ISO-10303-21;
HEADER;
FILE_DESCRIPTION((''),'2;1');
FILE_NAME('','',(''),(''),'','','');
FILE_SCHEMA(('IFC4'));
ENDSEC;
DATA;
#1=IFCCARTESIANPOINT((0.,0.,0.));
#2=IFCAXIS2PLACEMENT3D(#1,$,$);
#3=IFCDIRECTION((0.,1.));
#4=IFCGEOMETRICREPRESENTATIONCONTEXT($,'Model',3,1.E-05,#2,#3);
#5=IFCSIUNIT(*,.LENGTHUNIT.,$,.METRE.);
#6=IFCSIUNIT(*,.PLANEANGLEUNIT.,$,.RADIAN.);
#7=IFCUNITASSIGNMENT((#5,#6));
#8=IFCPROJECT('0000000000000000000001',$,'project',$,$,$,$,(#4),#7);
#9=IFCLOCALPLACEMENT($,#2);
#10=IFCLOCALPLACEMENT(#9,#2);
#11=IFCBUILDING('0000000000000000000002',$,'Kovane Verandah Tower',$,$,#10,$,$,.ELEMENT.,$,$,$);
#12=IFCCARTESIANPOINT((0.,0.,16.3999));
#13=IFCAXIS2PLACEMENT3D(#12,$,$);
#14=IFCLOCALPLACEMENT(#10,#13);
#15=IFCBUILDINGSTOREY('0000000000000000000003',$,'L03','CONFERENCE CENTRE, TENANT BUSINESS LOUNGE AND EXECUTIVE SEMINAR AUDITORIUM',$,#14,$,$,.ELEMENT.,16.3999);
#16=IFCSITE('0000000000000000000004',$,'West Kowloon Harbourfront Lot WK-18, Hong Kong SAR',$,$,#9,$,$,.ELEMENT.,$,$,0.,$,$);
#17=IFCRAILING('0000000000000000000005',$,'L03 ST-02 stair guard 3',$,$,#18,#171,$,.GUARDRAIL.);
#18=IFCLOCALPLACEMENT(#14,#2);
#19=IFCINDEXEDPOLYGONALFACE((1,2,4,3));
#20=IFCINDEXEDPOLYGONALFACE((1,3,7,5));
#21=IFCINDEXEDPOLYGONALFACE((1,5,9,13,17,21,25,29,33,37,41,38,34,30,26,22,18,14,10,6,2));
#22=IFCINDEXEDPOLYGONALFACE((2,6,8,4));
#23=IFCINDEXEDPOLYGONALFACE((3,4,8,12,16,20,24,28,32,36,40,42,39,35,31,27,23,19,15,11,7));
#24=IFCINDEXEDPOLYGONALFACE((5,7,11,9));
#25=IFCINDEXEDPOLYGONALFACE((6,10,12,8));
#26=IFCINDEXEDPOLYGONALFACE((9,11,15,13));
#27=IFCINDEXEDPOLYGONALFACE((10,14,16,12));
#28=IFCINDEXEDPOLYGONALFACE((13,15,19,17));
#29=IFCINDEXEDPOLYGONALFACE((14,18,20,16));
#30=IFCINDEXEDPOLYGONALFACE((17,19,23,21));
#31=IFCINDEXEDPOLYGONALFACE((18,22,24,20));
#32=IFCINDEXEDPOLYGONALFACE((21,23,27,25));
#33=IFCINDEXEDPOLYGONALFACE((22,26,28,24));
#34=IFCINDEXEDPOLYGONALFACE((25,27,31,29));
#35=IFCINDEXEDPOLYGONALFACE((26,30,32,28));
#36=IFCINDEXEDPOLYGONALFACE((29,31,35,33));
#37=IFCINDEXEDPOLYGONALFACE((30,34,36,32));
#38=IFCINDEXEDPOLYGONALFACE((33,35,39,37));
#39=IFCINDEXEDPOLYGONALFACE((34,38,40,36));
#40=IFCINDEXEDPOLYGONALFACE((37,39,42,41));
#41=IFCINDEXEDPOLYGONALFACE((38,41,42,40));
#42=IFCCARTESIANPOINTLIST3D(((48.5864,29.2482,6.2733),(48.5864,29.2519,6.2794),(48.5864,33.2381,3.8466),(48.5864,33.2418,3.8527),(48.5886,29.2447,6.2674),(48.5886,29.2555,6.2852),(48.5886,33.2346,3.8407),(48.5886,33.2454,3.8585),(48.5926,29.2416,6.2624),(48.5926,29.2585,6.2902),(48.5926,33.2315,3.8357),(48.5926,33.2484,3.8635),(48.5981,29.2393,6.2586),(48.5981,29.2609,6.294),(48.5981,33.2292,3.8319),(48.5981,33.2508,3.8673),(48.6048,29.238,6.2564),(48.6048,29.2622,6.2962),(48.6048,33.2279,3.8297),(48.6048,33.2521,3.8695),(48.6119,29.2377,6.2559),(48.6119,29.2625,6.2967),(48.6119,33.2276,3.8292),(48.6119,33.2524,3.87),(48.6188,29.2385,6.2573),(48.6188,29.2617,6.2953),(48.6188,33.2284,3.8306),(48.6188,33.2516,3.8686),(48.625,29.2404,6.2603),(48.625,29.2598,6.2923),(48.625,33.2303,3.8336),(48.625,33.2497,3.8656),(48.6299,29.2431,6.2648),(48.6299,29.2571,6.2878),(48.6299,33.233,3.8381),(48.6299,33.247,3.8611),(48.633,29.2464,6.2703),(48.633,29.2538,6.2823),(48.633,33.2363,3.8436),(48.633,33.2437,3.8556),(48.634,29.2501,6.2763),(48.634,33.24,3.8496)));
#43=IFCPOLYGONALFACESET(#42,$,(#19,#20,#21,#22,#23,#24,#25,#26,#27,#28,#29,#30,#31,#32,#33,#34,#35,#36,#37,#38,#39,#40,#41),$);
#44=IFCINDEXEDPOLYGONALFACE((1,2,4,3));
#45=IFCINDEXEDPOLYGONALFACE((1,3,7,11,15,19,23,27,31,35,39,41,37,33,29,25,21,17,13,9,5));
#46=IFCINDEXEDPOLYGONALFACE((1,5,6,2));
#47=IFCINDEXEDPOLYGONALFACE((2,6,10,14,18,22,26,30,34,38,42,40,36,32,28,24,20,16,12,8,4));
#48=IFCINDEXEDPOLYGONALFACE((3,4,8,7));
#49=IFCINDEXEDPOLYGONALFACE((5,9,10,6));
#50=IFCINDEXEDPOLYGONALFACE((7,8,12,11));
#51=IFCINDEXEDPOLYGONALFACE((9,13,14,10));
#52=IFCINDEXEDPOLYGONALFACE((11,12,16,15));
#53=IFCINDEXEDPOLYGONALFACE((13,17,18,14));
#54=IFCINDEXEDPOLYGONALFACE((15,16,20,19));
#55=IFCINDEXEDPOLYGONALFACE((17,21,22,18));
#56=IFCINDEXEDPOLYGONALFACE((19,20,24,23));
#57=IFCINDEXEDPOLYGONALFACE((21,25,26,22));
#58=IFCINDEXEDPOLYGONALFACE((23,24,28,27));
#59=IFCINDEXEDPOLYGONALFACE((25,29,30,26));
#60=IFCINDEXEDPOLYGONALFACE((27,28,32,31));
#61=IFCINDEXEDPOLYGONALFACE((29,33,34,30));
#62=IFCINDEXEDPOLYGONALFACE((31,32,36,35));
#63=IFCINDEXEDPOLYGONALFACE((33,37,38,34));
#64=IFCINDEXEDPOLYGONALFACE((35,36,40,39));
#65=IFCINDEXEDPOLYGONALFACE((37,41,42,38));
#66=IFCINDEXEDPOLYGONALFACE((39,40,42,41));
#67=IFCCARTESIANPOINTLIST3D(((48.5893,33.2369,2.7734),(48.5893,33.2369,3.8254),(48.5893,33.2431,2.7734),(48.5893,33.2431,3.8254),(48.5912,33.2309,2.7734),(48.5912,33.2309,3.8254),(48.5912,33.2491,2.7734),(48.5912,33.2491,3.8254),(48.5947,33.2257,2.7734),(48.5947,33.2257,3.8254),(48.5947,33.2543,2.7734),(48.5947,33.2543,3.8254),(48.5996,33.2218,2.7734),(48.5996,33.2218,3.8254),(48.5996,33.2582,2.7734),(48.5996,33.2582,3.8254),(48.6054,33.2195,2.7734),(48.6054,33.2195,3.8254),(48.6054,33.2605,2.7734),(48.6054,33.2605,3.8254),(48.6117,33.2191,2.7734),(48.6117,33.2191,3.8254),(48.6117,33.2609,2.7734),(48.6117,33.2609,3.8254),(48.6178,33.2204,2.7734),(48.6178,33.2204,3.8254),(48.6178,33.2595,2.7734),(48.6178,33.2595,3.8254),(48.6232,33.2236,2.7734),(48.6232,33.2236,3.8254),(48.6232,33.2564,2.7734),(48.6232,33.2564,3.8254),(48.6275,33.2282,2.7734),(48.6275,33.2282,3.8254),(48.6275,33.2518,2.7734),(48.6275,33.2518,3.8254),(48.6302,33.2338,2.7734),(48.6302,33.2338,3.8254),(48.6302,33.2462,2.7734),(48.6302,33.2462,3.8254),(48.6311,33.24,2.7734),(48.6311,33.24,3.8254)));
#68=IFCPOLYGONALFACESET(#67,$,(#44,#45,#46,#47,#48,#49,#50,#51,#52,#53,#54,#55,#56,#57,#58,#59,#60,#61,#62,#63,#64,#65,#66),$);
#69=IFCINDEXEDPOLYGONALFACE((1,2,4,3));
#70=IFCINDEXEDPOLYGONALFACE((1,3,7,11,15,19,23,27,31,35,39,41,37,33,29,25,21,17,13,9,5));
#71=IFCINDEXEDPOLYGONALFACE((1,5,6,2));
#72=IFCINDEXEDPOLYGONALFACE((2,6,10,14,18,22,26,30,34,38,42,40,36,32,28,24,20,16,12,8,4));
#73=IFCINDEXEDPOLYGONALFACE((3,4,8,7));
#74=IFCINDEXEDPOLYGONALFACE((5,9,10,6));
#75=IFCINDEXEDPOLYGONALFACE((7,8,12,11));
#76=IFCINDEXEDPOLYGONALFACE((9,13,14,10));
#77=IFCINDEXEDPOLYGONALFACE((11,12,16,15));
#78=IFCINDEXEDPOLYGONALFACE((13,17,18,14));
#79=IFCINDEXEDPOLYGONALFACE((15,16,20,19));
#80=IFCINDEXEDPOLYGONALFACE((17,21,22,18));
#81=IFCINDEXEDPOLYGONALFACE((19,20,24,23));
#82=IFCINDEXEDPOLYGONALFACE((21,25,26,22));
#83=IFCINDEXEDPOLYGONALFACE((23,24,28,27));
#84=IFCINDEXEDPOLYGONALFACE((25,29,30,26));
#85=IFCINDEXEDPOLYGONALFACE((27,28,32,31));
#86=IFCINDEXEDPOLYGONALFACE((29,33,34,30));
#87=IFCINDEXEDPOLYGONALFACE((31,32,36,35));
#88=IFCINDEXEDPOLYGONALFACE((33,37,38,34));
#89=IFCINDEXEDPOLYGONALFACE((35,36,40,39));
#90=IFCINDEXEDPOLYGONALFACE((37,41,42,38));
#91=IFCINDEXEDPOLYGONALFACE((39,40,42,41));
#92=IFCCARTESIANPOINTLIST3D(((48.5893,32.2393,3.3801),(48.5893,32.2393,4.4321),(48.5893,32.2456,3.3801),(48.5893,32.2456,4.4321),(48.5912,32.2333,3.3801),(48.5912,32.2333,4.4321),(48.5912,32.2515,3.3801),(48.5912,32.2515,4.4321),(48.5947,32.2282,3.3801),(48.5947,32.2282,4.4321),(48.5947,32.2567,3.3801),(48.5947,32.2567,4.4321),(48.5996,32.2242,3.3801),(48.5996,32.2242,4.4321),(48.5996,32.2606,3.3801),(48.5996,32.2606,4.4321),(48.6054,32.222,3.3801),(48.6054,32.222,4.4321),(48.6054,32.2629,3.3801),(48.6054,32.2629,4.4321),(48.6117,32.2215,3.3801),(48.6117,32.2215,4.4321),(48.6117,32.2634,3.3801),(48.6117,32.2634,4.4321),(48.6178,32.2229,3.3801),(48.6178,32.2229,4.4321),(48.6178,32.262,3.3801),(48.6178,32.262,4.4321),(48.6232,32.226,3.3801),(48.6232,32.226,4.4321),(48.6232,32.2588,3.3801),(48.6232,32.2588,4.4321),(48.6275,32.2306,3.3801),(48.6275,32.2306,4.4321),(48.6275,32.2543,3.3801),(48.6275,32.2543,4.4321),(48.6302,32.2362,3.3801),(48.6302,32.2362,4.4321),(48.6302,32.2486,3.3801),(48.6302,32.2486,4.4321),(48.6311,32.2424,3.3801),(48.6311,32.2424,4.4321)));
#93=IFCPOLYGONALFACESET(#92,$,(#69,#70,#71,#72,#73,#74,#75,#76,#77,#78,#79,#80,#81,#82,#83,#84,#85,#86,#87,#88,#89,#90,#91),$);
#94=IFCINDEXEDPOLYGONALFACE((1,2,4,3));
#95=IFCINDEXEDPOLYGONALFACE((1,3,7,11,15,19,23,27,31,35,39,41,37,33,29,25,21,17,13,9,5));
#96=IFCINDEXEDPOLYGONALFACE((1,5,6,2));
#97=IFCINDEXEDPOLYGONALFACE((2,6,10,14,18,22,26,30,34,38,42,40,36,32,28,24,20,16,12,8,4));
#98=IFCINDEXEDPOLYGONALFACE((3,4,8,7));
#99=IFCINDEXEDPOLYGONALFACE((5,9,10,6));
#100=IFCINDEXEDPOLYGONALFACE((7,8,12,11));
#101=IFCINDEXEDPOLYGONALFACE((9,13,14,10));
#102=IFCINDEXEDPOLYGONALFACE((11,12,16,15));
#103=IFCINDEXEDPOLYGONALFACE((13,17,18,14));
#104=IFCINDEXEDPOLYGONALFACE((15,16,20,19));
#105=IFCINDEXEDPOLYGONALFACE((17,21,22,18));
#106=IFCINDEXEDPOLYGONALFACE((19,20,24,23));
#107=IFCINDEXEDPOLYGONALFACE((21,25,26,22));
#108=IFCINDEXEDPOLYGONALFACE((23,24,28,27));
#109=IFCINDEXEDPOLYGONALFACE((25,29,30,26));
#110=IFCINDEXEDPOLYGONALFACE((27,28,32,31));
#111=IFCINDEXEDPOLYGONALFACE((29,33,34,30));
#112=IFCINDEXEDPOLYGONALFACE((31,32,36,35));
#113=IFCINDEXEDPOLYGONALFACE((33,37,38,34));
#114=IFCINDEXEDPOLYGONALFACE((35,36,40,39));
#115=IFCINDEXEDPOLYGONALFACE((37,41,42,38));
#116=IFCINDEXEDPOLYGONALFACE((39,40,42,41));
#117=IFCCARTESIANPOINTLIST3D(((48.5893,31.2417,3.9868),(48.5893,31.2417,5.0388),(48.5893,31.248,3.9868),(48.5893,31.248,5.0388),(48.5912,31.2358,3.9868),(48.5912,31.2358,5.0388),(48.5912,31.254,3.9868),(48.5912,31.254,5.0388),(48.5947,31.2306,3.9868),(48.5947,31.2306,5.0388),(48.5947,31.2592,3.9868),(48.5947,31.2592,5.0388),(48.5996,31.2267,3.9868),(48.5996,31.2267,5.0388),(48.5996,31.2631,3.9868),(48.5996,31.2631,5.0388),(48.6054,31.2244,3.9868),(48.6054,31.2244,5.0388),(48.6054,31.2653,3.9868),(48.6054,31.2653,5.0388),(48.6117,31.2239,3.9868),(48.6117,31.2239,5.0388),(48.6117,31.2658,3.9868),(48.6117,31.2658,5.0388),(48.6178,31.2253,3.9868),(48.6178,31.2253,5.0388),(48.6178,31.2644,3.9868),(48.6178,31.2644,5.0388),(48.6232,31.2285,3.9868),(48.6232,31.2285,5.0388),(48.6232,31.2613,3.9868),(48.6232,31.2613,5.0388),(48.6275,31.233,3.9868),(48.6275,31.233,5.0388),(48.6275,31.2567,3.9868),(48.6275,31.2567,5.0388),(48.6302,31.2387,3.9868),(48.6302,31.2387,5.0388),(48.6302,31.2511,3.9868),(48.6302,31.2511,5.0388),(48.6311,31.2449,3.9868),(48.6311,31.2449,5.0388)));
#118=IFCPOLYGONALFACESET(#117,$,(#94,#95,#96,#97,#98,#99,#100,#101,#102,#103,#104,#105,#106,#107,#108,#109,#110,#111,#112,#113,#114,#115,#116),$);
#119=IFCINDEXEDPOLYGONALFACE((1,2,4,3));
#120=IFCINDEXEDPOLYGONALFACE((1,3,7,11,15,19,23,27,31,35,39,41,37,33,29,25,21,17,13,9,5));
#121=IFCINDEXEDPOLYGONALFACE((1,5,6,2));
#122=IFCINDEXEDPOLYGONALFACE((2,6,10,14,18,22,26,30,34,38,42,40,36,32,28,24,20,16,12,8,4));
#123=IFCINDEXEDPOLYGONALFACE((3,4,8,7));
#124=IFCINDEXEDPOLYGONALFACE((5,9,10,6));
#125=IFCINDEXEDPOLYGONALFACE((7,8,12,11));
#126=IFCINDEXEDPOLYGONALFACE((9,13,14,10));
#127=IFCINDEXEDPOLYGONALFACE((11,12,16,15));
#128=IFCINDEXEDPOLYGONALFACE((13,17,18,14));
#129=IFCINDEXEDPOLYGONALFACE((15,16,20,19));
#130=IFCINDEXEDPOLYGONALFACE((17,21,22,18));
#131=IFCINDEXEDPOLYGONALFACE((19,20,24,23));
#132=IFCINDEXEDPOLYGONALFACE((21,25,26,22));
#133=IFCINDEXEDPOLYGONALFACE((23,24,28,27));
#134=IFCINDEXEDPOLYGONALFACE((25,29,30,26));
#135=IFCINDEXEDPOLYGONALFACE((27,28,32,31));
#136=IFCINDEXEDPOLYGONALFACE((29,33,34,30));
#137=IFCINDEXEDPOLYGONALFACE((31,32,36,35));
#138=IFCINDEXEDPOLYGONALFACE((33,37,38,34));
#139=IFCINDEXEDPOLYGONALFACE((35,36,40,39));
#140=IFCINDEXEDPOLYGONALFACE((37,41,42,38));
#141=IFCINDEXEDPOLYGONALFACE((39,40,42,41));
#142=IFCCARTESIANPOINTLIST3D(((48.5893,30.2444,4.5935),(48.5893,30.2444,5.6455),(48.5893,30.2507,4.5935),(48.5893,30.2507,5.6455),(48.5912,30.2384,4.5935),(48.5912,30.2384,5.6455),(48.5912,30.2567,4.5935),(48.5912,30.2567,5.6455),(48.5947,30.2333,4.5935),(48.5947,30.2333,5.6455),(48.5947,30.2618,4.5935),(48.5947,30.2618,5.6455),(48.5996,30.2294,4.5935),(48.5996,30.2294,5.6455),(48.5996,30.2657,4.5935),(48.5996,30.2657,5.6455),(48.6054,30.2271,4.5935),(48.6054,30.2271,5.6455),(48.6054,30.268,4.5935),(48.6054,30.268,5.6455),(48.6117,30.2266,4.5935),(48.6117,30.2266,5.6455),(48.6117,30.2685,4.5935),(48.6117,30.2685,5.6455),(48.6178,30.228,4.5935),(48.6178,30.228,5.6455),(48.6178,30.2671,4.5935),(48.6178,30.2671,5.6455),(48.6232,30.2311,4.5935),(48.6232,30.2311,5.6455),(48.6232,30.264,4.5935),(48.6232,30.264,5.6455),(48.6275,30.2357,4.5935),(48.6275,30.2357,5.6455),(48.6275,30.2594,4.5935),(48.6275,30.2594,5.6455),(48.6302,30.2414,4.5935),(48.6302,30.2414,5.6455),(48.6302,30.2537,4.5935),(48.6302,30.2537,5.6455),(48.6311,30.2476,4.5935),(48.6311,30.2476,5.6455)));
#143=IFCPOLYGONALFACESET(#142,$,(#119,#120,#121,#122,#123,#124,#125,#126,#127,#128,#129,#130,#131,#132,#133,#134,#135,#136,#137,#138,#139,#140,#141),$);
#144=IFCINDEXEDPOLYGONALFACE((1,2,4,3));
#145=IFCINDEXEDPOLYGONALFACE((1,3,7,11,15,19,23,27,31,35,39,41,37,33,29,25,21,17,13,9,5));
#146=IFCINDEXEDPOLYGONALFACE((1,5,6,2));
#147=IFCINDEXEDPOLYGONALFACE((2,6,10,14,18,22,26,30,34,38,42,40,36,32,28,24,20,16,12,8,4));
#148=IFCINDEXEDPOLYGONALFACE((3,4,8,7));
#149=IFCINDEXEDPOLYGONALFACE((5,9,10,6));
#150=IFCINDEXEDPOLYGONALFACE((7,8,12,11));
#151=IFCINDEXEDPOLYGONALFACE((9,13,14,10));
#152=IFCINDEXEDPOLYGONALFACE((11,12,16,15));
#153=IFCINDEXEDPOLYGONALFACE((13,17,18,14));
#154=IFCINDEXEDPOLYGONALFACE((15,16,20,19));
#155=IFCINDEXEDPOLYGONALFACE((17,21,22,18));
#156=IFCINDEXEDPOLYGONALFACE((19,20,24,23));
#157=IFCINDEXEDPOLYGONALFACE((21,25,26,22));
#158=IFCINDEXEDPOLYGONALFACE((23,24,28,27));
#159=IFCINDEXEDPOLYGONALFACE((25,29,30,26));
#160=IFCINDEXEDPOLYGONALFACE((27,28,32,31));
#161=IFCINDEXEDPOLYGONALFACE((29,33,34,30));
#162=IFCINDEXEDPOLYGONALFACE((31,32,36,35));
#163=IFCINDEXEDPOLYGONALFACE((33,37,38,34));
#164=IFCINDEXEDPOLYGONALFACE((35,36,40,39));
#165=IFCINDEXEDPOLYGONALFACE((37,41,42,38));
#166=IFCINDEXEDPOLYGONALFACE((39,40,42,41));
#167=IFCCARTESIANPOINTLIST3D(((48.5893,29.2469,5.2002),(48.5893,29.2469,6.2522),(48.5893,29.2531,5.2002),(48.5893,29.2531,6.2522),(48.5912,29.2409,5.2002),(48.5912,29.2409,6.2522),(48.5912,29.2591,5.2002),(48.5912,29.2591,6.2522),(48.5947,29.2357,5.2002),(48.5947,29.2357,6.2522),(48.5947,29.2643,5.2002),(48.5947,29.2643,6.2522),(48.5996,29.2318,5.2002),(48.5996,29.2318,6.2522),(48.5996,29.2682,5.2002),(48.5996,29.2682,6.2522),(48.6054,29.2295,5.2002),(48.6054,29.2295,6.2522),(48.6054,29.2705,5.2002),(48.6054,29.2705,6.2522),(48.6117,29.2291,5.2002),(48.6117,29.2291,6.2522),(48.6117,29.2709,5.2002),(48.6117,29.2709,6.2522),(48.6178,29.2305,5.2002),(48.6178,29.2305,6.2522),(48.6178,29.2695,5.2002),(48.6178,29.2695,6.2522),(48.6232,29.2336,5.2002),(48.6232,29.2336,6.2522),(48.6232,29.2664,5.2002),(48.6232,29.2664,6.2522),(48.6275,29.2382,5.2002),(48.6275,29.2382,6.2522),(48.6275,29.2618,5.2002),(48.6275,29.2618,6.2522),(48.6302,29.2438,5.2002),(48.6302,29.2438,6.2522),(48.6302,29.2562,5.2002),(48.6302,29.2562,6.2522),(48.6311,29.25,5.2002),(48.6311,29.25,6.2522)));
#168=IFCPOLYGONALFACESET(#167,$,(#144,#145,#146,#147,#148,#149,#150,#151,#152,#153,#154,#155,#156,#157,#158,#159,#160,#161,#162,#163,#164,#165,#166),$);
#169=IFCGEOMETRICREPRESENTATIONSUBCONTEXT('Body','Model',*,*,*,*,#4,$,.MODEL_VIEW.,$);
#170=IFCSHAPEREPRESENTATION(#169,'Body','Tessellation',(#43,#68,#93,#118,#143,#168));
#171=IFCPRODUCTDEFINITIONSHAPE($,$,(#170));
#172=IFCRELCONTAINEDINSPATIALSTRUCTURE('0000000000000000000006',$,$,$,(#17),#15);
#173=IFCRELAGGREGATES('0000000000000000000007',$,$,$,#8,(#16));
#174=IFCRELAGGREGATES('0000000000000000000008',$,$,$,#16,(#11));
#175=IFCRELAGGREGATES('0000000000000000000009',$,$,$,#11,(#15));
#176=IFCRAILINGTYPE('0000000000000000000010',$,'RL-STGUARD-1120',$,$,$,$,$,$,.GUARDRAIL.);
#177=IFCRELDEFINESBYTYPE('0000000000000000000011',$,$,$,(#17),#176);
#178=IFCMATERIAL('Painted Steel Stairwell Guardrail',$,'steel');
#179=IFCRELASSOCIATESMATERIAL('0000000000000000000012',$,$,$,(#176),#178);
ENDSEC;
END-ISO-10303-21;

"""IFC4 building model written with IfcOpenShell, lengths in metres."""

from ifc_helpers import new_model, si_unit, direction, frame, origin, origin_2d, place, context, subcontext, project, spatial, circle, extrude, material, type_object, element, save


model = new_model("IFC4")

# Units and contexts
model_context = context("Model", 3, precision=1e-05, world=origin(), true_north=direction((0.0, 1.0)))
body_context = subcontext(model_context, "Body", "Model", "MODEL_VIEW")
ifc_project = project(units=[si_unit("LENGTHUNIT", "METRE"), si_unit("PLANEANGLEUNIT", "RADIAN")], contexts=[model_context])

# Site, building, storey
site_placement = place(None, origin())
site = spatial("IfcSite", under=ifc_project, at=site_placement, Name="West Kowloon Harbourfront Lot WK-18, Hong Kong SAR", CompositionType="ELEMENT", RefElevation=0.0)
building_placement = place(site_placement, origin())
building = spatial("IfcBuilding", under=site, at=building_placement, Name="Kovane Verandah Tower", CompositionType="ELEMENT")
storey_placement = place(building_placement, frame((0.0, 0.0, 16.3999)))
storey = spatial("IfcBuildingStorey", under=building, at=storey_placement, Name="L03", Description="CONFERENCE CENTRE, TENANT BUSINESS LOUNGE AND EXECUTIVE SEMINAR AUDITORIUM", CompositionType="ELEMENT", Elevation=16.3999)

# Railing
ifc_material_1 = material(Name="Painted Steel Stairwell Guardrail", Category="steel")
railing_type_1 = type_object("IfcRailingType", Name="RL-STGUARD-1120", PredefinedType="GUARDRAIL", material=ifc_material_1)
for number, where, name in (
    (1, (48.6101, 33.24, 2.7734), "L03 ST-02 stair guard 3"),
):
    element("IfcRailing", number, at=place(storey_placement, frame(where)), inside=storey, type_object=railing_type_1, Name=name, PredefinedType="GUARDRAIL", context=body_context, shape_type="SweptSolid", body=[
        extrude(circle(Radius=0.0239, at=origin_2d()), frame((0.0, 0.0, 1.0762), z_axis=(0.0, -0.854382, 0.519645), x_axis=(1.0, 0.0, 0.0)), (0.0, 0.0, 1.0), 4.6699),
        extrude(circle(Radius=0.021, at=origin_2d()), origin(), (0.0, 0.0, 1.0), 1.052),
        extrude(circle(Radius=0.021, at=origin_2d()), frame((0.0, -0.9976, 0.6067)), (0.0, 0.0, 1.0), 1.052),
        extrude(circle(Radius=0.021, at=origin_2d()), frame((0.0, -1.9951, 1.2134)), (0.0, 0.0, 1.0), 1.052),
        extrude(circle(Radius=0.021, at=origin_2d()), frame((0.0, -2.9924, 1.8201)), (0.0, 0.0, 1.0), 1.052),
        extrude(circle(Radius=0.021, at=origin_2d()), frame((0.0, -3.99, 2.4268)), (0.0, 0.0, 1.0), 1.052),
    ])

save(model, "model.ifc")
